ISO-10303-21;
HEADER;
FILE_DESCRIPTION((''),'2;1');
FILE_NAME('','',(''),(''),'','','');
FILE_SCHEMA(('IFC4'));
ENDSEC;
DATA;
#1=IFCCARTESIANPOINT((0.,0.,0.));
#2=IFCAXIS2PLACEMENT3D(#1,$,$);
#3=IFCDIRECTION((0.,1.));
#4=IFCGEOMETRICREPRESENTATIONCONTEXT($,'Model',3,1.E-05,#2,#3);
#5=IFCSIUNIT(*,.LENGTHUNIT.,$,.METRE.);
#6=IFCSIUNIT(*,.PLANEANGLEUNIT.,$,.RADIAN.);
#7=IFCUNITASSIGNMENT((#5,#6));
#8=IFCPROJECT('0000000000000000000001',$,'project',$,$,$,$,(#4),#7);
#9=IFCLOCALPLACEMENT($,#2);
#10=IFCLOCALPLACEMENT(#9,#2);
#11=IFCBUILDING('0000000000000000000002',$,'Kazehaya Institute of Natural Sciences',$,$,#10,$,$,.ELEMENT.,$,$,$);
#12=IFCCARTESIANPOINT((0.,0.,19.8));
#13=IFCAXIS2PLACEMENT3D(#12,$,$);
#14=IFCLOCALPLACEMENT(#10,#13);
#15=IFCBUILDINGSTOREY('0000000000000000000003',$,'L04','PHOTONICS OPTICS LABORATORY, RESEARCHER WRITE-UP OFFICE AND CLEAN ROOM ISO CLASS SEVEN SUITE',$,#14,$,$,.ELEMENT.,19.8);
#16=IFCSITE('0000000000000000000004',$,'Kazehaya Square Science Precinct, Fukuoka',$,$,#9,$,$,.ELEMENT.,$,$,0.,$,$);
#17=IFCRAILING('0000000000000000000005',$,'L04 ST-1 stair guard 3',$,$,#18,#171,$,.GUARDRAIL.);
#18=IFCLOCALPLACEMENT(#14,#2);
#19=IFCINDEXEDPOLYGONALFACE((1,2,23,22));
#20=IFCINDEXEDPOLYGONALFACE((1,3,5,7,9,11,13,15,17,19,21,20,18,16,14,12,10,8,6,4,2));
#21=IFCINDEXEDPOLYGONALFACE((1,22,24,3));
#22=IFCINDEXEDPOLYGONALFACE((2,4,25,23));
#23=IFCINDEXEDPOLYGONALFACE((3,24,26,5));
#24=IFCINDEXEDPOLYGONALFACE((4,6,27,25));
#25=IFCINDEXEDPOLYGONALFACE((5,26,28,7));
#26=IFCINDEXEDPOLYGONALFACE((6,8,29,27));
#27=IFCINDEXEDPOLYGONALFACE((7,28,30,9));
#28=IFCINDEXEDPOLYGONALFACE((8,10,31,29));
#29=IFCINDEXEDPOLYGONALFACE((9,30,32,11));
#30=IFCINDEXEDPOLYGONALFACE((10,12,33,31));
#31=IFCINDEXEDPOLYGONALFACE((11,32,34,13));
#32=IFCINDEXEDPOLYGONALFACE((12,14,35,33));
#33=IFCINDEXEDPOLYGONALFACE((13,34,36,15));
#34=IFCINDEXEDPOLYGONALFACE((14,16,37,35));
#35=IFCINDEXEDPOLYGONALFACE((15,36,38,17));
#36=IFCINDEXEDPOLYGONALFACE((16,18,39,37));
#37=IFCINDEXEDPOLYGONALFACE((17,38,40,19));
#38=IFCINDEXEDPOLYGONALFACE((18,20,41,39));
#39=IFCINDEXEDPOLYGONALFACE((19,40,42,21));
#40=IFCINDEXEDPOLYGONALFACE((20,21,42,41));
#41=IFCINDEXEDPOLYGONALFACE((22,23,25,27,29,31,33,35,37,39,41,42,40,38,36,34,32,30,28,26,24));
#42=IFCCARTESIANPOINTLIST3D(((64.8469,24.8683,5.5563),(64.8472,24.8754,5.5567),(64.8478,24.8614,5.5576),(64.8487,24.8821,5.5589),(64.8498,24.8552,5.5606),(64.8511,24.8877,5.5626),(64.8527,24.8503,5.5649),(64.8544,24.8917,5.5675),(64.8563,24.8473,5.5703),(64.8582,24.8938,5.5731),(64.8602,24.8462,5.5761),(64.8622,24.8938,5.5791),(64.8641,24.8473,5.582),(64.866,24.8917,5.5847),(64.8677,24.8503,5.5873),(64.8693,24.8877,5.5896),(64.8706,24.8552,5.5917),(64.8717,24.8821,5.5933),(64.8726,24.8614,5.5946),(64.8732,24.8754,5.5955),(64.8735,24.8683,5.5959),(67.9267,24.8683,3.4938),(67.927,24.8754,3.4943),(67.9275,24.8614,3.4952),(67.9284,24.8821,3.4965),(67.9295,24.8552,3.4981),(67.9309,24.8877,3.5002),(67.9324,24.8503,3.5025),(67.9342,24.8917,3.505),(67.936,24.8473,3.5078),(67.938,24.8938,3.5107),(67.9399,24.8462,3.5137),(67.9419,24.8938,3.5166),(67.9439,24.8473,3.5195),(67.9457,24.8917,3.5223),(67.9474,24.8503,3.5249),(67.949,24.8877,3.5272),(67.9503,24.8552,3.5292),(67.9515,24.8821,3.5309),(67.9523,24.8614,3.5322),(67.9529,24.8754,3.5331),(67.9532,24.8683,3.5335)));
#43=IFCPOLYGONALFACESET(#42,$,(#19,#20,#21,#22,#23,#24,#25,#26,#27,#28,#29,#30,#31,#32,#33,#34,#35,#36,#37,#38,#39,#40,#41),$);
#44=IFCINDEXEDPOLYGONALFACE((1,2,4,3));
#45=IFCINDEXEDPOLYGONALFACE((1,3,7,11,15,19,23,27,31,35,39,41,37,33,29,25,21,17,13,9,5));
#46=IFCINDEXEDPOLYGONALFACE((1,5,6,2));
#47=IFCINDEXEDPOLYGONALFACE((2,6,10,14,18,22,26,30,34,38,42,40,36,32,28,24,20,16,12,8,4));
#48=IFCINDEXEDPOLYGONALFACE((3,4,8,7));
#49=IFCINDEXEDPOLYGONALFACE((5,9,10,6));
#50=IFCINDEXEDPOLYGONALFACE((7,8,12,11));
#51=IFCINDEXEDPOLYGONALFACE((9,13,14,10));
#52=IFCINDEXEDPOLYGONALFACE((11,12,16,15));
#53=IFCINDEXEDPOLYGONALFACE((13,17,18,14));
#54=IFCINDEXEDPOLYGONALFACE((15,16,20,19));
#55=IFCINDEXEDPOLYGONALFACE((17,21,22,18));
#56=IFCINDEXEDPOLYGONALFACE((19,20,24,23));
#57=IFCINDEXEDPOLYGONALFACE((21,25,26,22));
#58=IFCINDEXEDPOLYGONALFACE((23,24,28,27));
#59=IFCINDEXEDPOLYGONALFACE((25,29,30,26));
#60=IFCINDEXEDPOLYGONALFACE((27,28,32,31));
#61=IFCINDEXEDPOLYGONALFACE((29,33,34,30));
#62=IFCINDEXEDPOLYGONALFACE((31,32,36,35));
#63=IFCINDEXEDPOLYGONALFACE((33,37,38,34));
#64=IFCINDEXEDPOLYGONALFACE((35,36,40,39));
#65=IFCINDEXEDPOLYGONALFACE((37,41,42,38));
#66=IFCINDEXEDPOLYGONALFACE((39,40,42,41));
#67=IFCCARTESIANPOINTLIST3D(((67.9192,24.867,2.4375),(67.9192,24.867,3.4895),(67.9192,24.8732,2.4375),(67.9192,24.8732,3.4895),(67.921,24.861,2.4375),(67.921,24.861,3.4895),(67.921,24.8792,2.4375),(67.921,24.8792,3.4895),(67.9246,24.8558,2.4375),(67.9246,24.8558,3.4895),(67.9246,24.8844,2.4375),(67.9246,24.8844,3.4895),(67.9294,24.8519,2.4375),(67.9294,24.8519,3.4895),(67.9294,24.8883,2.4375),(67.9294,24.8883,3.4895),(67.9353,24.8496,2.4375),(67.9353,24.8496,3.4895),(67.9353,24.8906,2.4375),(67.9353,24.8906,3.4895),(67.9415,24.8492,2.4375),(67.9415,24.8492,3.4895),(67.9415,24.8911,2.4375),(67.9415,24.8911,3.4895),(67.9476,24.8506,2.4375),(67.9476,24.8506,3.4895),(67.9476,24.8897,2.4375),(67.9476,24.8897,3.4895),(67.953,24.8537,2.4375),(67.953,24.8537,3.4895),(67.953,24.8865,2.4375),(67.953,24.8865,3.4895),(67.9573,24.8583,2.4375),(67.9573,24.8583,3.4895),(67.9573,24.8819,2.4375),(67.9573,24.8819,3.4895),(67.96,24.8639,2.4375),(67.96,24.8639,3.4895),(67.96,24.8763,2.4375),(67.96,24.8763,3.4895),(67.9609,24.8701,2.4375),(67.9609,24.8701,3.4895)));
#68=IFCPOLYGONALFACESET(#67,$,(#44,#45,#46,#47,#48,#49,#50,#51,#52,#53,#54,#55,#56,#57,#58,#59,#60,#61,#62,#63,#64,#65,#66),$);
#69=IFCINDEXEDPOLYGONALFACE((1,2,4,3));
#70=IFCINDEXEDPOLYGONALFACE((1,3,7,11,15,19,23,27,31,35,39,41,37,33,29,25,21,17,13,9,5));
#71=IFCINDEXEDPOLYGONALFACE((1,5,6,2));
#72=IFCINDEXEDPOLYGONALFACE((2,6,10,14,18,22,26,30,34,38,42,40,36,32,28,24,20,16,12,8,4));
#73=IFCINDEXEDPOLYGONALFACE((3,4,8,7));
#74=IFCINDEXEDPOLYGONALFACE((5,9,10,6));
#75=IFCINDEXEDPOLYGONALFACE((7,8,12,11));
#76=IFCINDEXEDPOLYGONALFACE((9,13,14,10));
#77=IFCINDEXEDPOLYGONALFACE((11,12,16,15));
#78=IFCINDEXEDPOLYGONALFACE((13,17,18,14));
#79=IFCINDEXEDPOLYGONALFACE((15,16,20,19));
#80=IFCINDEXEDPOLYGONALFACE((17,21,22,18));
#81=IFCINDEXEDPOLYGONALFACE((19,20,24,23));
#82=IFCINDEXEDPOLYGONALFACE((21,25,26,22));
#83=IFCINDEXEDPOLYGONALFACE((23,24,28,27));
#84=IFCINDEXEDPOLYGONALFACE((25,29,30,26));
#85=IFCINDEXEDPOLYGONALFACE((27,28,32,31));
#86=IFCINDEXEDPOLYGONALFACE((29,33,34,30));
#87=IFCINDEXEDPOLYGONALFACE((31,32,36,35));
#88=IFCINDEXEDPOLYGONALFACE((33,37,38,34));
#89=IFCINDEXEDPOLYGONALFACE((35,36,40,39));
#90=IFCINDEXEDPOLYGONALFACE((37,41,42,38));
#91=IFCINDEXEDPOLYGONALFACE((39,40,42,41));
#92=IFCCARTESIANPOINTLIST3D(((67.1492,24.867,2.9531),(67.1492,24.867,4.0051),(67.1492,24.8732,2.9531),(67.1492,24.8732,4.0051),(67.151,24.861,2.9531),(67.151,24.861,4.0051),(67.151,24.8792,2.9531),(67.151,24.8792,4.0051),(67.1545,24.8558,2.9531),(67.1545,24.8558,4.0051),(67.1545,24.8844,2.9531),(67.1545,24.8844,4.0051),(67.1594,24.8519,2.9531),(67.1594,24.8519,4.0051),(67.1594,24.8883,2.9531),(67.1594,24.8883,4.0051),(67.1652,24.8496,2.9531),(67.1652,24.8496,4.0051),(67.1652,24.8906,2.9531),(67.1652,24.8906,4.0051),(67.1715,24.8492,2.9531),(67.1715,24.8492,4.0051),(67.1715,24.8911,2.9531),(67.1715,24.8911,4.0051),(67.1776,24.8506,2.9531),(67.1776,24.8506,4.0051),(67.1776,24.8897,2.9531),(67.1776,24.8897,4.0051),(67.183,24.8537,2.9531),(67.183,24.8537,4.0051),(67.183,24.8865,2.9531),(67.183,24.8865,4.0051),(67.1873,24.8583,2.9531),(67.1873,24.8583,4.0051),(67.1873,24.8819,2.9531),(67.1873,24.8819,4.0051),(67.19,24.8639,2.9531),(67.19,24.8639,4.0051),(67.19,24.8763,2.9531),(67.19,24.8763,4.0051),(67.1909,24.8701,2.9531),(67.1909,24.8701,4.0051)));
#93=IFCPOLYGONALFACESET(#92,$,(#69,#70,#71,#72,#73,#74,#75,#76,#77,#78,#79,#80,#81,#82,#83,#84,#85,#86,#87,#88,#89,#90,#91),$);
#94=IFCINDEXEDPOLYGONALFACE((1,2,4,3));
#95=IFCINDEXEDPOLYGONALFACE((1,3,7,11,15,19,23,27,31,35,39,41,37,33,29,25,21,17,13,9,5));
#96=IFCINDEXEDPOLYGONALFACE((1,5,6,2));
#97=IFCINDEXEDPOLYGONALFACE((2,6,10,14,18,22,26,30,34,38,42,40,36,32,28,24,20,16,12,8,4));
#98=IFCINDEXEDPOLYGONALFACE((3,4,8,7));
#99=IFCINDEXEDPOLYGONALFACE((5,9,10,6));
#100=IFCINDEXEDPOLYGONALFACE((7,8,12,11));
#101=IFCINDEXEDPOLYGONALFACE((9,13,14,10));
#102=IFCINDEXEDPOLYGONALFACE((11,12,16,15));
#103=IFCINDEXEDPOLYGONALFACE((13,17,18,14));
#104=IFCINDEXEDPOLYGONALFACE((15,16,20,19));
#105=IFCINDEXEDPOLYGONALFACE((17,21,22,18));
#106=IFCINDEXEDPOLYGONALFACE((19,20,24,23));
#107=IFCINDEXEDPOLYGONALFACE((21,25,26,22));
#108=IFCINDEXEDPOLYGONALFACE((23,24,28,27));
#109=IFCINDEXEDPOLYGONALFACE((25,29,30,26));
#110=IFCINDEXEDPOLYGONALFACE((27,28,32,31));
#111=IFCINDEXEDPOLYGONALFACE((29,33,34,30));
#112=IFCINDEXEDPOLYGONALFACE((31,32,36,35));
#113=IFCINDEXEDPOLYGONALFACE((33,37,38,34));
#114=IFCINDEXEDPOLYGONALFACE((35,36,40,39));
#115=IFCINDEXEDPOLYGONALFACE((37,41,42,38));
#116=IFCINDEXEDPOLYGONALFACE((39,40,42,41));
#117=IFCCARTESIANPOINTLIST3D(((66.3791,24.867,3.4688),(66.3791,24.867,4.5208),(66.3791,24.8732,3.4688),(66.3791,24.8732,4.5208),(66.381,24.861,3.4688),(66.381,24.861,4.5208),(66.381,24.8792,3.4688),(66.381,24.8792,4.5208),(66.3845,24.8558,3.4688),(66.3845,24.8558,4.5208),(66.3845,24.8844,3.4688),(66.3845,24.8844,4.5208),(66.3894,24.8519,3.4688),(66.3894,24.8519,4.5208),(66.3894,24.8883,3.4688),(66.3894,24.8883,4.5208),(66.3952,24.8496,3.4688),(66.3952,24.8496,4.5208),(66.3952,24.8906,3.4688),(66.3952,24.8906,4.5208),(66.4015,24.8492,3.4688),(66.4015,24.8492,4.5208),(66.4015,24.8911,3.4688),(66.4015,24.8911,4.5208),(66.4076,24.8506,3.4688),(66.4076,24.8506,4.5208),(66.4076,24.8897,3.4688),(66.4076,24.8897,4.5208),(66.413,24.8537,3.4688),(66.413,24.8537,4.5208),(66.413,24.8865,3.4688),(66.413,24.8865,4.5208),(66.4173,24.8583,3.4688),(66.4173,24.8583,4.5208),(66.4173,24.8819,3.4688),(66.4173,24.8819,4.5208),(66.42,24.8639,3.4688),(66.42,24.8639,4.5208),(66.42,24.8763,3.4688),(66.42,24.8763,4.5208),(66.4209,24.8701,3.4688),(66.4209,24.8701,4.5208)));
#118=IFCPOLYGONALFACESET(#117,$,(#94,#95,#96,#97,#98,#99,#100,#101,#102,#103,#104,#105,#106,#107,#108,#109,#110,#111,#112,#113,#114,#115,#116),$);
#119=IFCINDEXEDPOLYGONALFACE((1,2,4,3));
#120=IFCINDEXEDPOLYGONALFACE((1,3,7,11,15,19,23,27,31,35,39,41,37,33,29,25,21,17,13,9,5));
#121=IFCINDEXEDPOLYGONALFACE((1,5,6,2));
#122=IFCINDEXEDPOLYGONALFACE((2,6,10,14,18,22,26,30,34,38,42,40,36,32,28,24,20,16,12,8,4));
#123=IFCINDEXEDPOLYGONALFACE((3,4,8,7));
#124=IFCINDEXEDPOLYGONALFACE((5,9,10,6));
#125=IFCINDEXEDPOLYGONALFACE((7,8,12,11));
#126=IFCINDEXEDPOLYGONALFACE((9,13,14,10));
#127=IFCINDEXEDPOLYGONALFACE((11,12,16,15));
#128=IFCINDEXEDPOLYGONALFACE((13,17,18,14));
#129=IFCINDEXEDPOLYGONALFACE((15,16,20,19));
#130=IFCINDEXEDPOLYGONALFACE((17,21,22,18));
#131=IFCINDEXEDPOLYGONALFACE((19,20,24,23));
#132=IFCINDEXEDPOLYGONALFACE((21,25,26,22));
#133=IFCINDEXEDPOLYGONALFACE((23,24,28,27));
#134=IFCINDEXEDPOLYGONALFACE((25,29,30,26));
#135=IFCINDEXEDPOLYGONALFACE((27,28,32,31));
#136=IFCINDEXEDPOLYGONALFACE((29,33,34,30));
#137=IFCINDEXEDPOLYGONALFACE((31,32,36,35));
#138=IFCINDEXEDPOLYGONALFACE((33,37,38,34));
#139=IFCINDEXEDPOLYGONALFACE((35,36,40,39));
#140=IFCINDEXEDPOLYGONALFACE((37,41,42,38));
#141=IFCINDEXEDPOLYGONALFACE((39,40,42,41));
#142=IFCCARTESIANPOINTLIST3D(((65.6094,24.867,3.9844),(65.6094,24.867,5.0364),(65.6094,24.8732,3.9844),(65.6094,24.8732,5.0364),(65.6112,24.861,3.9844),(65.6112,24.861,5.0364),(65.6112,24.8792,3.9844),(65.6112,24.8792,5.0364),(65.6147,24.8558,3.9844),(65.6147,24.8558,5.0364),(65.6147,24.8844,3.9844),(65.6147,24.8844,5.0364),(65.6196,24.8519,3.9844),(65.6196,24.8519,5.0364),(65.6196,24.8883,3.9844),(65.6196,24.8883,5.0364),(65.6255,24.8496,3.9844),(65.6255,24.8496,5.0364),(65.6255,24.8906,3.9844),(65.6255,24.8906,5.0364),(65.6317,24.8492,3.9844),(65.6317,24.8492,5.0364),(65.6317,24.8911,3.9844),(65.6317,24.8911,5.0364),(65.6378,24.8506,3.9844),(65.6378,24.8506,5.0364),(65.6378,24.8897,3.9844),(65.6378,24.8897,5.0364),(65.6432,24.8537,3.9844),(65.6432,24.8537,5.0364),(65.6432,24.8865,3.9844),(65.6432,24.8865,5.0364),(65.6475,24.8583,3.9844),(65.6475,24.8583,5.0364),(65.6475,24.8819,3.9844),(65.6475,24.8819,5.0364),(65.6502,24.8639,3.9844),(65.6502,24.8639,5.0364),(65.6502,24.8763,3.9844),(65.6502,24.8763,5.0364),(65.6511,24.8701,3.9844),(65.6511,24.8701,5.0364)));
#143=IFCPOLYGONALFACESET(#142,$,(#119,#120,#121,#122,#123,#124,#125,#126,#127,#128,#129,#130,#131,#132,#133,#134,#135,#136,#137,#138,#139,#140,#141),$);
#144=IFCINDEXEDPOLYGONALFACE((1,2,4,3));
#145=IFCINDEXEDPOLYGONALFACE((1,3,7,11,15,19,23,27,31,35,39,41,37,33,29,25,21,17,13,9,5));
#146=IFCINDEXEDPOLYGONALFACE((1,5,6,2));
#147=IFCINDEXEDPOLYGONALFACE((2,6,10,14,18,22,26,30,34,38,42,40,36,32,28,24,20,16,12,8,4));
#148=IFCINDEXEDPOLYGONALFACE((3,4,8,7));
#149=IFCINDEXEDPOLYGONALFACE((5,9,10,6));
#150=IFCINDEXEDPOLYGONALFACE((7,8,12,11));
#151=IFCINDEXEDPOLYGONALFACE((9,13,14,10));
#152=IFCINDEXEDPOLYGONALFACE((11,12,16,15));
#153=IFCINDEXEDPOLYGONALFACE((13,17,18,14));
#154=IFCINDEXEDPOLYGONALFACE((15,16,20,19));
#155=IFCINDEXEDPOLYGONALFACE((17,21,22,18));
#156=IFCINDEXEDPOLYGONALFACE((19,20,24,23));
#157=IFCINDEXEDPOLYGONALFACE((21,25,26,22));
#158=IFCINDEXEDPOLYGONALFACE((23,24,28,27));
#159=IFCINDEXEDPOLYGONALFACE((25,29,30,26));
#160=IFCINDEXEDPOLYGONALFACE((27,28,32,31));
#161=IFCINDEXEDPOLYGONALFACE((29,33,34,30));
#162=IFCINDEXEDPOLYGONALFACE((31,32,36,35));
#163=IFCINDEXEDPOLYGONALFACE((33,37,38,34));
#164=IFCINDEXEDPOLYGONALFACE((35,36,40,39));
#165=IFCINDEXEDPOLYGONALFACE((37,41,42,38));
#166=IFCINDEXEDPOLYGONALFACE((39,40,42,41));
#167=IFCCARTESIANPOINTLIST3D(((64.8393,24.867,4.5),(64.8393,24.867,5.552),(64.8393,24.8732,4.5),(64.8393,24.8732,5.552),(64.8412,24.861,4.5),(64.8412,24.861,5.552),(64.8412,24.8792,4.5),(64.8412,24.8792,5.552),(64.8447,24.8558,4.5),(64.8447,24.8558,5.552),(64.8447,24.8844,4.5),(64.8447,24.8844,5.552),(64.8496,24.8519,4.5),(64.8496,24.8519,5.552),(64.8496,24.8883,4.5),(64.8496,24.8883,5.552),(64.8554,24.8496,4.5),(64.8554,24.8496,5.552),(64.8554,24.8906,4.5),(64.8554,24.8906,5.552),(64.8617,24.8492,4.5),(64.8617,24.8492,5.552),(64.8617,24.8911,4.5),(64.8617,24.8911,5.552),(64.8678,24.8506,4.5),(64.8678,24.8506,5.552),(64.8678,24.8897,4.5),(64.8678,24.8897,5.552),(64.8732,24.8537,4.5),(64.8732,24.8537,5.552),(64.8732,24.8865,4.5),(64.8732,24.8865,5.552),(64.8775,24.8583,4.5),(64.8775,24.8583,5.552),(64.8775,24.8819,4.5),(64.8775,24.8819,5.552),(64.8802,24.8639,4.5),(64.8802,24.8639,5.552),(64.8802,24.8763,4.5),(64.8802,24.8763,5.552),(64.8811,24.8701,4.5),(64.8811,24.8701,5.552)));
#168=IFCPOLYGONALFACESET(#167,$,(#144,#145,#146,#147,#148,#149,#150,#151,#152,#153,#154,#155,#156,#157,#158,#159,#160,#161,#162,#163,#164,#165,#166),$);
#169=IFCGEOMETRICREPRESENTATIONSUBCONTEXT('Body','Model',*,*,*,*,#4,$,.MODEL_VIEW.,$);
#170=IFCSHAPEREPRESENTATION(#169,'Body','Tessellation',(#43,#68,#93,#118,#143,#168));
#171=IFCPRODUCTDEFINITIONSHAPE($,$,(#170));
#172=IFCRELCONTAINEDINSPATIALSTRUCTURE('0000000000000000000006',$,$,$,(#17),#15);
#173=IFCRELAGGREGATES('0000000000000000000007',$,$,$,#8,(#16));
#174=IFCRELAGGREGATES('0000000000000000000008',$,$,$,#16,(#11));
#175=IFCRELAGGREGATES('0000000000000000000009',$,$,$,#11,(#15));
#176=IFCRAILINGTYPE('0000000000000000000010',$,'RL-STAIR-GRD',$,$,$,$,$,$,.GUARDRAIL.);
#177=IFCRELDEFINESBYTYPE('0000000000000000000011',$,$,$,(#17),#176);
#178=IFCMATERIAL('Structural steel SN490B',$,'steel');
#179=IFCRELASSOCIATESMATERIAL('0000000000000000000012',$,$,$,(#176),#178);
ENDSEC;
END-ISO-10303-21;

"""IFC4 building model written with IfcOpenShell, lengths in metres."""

from ifc_helpers import new_model, si_unit, direction, frame, origin, origin_2d, place, context, subcontext, project, spatial, circle, extrude, material, type_object, element, save


model = new_model("IFC4")

# Units and contexts
model_context = context("Model", 3, precision=1e-05, world=origin(), true_north=direction((0.0, 1.0)))
body_context = subcontext(model_context, "Body", "Model", "MODEL_VIEW")
ifc_project = project(units=[si_unit("LENGTHUNIT", "METRE"), si_unit("PLANEANGLEUNIT", "RADIAN")], contexts=[model_context])

# Site, building, storey
site_placement = place(None, origin())
site = spatial("IfcSite", under=ifc_project, at=site_placement, Name="Kazehaya Square Science Precinct, Fukuoka", CompositionType="ELEMENT", RefElevation=0.0)
building_placement = place(site_placement, origin())
building = spatial("IfcBuilding", under=site, at=building_placement, Name="Kazehaya Institute of Natural Sciences", CompositionType="ELEMENT")
storey_placement = place(building_placement, frame((0.0, 0.0, 19.8)))
storey = spatial("IfcBuildingStorey", under=building, at=storey_placement, Name="L04", Description="PHOTONICS OPTICS LABORATORY, RESEARCHER WRITE-UP OFFICE AND CLEAN ROOM ISO CLASS SEVEN SUITE", CompositionType="ELEMENT", Elevation=19.8)

# Shared definitions
ifc_material_1 = material(Name="Structural steel SN490B", Category="steel")

# Railing
railing_type_1 = type_object("IfcRailingType", Name="RL-STAIR-GRD", PredefinedType="GUARDRAIL", material=ifc_material_1)
railing_1_placement = place(storey_placement, frame((67.9399, 24.8701, 2.4375)))
element("IfcRailing", 1, at=railing_1_placement, inside=storey, type_object=railing_type_1, Name="L04 ST-1 stair guard 3", PredefinedType="GUARDRAIL", context=body_context, shape_type="SweptSolid", body=[
    extrude(circle(Radius=0.0239, at=origin_2d()), frame((0.0, 0.0, 1.0762), z_axis=(-0.830893, 0.0, 0.556432), x_axis=(0.0, -1.0, 0.0)), (0.0, 0.0, 1.0), 3.7065),
    extrude(circle(Radius=0.021, at=origin_2d()), origin(), (0.0, 0.0, 1.0), 1.052),
    extrude(circle(Radius=0.021, at=origin_2d()), frame((-0.77, 0.0, 0.5156)), (0.0, 0.0, 1.0), 1.052),
    extrude(circle(Radius=0.021, at=origin_2d()), frame((-1.54, 0.0, 1.0312)), (0.0, 0.0, 1.0), 1.052),
    extrude(circle(Radius=0.021, at=origin_2d()), frame((-2.3098, 0.0, 1.5469)), (0.0, 0.0, 1.0), 1.052),
    extrude(circle(Radius=0.021, at=origin_2d()), frame((-3.0798, 0.0, 2.0625)), (0.0, 0.0, 1.0), 1.052),
])

save(model, "model.ifc")
